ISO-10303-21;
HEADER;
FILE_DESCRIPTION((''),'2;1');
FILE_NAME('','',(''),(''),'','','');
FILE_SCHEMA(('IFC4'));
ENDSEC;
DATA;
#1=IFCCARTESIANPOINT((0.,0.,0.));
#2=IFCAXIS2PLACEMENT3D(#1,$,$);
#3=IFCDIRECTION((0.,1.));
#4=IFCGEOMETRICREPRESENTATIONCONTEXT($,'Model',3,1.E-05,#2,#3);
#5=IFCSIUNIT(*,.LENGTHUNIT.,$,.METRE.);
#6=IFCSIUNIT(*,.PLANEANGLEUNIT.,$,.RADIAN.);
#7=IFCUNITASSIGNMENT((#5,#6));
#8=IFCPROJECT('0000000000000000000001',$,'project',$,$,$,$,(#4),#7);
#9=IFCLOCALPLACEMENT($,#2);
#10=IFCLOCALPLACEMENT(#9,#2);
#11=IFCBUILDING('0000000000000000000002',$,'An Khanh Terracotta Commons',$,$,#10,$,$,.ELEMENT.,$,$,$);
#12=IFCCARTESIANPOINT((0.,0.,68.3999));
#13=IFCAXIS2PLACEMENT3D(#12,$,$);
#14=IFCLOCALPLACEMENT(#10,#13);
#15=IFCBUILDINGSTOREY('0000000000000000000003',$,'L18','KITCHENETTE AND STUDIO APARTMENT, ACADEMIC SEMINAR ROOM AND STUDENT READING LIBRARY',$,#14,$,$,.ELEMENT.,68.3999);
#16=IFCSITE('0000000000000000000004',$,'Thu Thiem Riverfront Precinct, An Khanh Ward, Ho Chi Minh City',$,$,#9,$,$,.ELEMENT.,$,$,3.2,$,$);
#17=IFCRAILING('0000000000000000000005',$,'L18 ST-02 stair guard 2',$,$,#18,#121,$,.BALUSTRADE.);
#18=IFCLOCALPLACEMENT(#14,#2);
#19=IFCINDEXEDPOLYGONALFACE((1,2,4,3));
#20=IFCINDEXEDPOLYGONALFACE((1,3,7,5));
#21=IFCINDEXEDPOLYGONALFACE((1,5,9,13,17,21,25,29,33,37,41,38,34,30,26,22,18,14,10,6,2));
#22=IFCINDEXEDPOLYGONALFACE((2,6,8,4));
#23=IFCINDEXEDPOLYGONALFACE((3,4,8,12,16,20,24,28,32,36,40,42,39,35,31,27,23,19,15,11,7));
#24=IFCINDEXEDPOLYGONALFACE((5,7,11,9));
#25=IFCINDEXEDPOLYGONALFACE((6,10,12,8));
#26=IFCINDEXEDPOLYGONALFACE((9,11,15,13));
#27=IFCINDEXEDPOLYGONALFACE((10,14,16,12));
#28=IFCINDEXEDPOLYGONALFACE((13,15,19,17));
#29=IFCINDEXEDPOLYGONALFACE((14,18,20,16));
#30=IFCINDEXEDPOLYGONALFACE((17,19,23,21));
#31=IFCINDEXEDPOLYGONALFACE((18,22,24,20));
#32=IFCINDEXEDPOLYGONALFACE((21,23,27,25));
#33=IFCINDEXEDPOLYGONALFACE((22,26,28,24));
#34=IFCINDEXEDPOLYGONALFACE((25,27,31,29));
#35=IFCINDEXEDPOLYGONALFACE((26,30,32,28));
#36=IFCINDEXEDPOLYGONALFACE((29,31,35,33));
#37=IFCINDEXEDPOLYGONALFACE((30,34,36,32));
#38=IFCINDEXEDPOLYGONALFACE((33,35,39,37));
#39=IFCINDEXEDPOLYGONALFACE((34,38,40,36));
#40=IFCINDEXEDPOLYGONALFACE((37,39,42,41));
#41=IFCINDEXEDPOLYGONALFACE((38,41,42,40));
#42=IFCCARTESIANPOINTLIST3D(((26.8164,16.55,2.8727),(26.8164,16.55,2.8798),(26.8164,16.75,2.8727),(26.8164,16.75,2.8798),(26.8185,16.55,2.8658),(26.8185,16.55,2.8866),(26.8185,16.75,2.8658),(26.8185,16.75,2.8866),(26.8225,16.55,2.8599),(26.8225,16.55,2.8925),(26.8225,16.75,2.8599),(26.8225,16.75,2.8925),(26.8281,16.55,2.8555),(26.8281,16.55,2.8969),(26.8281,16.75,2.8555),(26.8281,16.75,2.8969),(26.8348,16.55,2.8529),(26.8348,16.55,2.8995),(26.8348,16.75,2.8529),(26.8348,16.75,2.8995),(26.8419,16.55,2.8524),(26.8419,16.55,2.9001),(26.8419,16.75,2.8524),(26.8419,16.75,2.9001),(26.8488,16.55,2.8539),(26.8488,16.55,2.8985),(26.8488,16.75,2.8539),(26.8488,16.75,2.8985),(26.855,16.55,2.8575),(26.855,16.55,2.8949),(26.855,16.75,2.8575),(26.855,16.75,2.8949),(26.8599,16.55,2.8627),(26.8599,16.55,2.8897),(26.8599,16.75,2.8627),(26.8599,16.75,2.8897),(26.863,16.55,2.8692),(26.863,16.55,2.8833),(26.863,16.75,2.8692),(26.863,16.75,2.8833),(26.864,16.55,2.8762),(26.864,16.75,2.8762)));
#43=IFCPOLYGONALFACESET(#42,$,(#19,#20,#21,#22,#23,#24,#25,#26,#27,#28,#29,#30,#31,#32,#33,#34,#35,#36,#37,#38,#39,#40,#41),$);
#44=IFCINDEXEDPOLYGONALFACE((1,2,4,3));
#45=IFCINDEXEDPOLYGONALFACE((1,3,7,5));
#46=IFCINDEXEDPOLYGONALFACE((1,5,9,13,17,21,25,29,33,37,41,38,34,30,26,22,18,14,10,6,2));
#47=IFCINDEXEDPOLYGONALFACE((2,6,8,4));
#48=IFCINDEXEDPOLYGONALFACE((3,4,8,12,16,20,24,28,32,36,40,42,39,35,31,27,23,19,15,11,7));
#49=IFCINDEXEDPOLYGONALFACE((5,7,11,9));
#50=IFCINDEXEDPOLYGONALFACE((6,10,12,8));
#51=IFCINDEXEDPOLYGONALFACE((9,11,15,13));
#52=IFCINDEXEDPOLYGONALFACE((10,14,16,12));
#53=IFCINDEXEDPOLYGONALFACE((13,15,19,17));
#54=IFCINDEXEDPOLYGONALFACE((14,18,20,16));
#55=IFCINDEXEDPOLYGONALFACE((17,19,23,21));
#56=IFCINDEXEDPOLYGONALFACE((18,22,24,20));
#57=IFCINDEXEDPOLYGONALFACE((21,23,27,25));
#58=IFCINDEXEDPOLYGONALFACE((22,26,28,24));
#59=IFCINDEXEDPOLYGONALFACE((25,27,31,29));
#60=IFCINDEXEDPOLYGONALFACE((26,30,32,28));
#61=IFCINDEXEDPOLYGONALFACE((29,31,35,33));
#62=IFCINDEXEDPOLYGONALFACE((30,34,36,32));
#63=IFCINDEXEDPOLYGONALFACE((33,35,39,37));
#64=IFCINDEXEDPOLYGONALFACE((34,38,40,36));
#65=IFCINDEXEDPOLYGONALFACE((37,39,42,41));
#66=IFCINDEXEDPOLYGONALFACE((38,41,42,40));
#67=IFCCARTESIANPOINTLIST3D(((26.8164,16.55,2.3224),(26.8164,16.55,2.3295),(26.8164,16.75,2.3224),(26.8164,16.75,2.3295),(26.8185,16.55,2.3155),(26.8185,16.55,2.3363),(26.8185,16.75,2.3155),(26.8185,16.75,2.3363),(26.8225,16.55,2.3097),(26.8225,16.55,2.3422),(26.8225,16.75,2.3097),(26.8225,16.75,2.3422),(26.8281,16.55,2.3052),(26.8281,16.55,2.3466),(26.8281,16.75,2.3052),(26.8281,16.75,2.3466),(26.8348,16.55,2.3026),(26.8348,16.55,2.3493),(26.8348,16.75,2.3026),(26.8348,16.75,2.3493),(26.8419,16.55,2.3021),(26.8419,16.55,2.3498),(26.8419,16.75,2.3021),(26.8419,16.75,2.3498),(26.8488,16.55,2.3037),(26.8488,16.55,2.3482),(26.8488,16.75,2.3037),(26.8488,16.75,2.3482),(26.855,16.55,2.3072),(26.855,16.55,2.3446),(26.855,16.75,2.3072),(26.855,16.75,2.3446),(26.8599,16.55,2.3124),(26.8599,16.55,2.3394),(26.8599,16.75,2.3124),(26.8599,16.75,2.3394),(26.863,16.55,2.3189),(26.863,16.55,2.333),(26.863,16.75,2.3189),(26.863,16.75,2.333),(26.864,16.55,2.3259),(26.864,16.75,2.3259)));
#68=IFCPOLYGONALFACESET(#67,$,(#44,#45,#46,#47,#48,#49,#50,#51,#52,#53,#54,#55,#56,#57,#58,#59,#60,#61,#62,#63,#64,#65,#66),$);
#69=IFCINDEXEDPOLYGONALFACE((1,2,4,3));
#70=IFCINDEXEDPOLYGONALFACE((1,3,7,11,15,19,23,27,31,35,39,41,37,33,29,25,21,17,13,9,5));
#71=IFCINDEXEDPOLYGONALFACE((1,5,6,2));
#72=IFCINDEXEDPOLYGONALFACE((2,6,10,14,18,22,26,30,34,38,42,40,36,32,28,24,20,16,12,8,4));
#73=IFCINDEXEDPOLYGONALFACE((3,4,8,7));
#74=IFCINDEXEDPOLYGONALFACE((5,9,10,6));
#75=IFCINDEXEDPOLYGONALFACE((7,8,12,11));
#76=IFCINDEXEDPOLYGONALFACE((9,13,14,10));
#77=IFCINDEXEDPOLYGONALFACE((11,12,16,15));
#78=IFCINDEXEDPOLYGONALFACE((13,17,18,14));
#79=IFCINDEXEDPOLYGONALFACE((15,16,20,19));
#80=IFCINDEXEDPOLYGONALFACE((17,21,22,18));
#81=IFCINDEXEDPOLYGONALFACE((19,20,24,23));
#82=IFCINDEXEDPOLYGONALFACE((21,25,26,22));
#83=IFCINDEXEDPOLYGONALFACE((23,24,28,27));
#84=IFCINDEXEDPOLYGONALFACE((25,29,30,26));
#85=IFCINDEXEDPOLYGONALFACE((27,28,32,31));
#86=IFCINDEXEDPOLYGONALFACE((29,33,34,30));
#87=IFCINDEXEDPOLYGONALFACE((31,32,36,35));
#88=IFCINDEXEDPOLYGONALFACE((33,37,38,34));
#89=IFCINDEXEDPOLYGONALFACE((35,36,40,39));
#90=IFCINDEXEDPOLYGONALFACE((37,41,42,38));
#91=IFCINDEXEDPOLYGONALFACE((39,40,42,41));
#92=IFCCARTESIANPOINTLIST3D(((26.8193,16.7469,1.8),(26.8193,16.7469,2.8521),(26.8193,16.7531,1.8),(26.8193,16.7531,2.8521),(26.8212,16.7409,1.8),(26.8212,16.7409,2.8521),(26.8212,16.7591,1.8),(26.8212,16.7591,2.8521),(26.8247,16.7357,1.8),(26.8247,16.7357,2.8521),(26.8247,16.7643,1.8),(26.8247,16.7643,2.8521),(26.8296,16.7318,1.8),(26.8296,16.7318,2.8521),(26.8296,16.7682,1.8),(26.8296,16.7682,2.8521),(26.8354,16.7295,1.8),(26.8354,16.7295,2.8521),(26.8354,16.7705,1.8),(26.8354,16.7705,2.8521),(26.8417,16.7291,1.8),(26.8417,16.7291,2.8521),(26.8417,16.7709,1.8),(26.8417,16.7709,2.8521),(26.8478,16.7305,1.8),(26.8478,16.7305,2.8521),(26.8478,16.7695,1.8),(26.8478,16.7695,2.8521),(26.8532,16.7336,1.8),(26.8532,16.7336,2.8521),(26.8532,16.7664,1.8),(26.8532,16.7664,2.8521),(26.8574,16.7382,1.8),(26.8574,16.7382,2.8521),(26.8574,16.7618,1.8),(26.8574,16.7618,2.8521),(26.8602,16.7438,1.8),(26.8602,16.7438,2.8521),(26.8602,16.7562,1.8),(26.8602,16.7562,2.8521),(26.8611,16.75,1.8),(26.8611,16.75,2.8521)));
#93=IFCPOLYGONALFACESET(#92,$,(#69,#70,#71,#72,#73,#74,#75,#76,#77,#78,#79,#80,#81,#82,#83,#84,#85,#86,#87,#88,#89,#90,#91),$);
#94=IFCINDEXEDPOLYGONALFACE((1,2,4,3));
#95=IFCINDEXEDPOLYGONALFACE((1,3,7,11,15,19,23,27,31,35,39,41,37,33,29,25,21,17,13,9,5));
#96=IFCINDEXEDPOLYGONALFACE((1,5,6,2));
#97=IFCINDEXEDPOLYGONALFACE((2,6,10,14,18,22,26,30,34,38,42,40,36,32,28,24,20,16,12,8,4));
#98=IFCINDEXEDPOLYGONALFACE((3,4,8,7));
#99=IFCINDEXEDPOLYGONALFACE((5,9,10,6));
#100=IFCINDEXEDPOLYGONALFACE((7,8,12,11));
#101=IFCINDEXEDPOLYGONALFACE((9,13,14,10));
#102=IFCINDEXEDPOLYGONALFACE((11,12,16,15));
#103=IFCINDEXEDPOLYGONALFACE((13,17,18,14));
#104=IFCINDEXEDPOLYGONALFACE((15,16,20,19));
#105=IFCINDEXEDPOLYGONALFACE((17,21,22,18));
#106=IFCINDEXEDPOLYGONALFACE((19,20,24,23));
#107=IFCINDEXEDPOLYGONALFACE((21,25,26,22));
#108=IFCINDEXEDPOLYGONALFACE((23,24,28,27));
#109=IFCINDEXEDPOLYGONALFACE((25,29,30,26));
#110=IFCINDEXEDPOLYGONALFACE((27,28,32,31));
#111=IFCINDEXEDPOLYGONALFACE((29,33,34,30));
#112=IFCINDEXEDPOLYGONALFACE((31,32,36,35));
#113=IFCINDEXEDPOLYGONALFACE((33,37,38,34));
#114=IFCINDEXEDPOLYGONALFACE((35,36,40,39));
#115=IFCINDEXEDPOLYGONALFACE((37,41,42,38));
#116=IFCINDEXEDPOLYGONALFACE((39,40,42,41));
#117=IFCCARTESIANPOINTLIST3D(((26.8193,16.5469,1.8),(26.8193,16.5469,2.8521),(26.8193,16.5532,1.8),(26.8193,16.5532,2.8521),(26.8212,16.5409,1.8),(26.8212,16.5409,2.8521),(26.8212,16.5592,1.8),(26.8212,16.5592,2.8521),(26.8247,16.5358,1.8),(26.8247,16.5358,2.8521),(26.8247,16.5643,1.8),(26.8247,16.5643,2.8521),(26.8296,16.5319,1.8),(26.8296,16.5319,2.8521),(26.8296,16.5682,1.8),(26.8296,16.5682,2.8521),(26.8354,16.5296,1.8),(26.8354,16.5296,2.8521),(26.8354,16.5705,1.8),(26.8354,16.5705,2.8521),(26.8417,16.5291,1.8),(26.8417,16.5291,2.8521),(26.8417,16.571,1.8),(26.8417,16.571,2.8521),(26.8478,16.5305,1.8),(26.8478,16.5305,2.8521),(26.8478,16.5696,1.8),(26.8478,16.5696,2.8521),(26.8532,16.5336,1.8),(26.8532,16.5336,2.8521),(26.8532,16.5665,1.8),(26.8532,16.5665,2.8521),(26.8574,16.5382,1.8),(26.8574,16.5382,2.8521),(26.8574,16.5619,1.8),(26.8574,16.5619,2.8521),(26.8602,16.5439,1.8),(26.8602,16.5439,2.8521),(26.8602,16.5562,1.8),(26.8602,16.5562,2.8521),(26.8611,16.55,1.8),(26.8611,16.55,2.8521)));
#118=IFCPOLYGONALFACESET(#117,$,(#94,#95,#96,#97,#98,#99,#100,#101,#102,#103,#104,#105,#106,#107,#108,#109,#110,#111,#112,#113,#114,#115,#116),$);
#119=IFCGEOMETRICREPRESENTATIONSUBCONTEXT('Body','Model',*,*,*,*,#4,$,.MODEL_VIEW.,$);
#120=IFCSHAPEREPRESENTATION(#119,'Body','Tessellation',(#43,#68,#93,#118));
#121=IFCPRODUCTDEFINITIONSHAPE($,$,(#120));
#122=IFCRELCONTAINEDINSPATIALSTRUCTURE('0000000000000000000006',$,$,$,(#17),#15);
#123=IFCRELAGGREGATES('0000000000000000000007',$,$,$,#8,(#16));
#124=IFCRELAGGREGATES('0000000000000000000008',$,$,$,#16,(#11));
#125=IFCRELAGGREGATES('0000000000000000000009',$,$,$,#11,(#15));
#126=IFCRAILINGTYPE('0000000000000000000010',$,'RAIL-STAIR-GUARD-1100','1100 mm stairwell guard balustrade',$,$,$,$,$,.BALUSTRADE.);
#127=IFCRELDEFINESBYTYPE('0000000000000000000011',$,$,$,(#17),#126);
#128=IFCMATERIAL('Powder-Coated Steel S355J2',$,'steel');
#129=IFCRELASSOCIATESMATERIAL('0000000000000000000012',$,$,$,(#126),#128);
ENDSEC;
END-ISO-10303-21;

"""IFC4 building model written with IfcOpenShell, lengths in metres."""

from ifc_helpers import new_model, si_unit, direction, frame, origin, origin_2d, place, context, subcontext, project, spatial, circle, extrude, material, type_object, element, save


model = new_model("IFC4")

# Units and contexts
model_context = context("Model", 3, precision=1e-05, world=origin(), true_north=direction((0.0, 1.0)))
body_context = subcontext(model_context, "Body", "Model", "MODEL_VIEW")
ifc_project = project(units=[si_unit("LENGTHUNIT", "METRE"), si_unit("PLANEANGLEUNIT", "RADIAN")], contexts=[model_context])

# Site, building, storey
site_placement = place(None, origin())
site = spatial("IfcSite", under=ifc_project, at=site_placement, Name="Thu Thiem Riverfront Precinct, An Khanh Ward, Ho Chi Minh City", CompositionType="ELEMENT", RefElevation=3.2)
building_placement = place(site_placement, origin())
building = spatial("IfcBuilding", under=site, at=building_placement, Name="An Khanh Terracotta Commons", CompositionType="ELEMENT")
storey_placement = place(building_placement, frame((0.0, 0.0, 68.3999)))
storey = spatial("IfcBuildingStorey", under=building, at=storey_placement, Name="L18", Description="KITCHENETTE AND STUDIO APARTMENT, ACADEMIC SEMINAR ROOM AND STUDENT READING LIBRARY", CompositionType="ELEMENT", Elevation=68.3999)

# Railing
ifc_material_1 = material(Name="Powder-Coated Steel S355J2", Category="steel")
railing_type_1 = type_object("IfcRailingType", Name="RAIL-STAIR-GUARD-1100", Description="1100 mm stairwell guard balustrade", PredefinedType="BALUSTRADE", material=ifc_material_1)
railing_1_placement = place(storey_placement, frame((26.8401, 16.75, 1.8)))
element("IfcRailing", 1, at=railing_1_placement, inside=storey, type_object=railing_type_1, Name="L18 ST-02 stair guard 2", PredefinedType="BALUSTRADE", context=body_context, shape_type="SweptSolid", body=[
    extrude(circle(Radius=0.0239, at=origin_2d()), frame((0.0, 0.0, 1.0762), z_axis=(0.0, -1.0, 0.0), x_axis=(1.0, 0.0, 0.0)), (0.0, 0.0, 1.0), 0.2),
    extrude(circle(Radius=0.0239, at=origin_2d()), frame((0.0, 0.0, 0.5259), z_axis=(0.0, -1.0, 0.0), x_axis=(1.0, 0.0, 0.0)), (0.0, 0.0, 1.0), 0.2),
    extrude(circle(Radius=0.021, at=origin_2d()), origin(), (0.0, 0.0, 1.0), 1.052),
    extrude(circle(Radius=0.021, at=origin_2d()), frame((0.0, -0.2, 0.0)), (0.0, 0.0, 1.0), 1.052),
])

save(model, "model.ifc")
